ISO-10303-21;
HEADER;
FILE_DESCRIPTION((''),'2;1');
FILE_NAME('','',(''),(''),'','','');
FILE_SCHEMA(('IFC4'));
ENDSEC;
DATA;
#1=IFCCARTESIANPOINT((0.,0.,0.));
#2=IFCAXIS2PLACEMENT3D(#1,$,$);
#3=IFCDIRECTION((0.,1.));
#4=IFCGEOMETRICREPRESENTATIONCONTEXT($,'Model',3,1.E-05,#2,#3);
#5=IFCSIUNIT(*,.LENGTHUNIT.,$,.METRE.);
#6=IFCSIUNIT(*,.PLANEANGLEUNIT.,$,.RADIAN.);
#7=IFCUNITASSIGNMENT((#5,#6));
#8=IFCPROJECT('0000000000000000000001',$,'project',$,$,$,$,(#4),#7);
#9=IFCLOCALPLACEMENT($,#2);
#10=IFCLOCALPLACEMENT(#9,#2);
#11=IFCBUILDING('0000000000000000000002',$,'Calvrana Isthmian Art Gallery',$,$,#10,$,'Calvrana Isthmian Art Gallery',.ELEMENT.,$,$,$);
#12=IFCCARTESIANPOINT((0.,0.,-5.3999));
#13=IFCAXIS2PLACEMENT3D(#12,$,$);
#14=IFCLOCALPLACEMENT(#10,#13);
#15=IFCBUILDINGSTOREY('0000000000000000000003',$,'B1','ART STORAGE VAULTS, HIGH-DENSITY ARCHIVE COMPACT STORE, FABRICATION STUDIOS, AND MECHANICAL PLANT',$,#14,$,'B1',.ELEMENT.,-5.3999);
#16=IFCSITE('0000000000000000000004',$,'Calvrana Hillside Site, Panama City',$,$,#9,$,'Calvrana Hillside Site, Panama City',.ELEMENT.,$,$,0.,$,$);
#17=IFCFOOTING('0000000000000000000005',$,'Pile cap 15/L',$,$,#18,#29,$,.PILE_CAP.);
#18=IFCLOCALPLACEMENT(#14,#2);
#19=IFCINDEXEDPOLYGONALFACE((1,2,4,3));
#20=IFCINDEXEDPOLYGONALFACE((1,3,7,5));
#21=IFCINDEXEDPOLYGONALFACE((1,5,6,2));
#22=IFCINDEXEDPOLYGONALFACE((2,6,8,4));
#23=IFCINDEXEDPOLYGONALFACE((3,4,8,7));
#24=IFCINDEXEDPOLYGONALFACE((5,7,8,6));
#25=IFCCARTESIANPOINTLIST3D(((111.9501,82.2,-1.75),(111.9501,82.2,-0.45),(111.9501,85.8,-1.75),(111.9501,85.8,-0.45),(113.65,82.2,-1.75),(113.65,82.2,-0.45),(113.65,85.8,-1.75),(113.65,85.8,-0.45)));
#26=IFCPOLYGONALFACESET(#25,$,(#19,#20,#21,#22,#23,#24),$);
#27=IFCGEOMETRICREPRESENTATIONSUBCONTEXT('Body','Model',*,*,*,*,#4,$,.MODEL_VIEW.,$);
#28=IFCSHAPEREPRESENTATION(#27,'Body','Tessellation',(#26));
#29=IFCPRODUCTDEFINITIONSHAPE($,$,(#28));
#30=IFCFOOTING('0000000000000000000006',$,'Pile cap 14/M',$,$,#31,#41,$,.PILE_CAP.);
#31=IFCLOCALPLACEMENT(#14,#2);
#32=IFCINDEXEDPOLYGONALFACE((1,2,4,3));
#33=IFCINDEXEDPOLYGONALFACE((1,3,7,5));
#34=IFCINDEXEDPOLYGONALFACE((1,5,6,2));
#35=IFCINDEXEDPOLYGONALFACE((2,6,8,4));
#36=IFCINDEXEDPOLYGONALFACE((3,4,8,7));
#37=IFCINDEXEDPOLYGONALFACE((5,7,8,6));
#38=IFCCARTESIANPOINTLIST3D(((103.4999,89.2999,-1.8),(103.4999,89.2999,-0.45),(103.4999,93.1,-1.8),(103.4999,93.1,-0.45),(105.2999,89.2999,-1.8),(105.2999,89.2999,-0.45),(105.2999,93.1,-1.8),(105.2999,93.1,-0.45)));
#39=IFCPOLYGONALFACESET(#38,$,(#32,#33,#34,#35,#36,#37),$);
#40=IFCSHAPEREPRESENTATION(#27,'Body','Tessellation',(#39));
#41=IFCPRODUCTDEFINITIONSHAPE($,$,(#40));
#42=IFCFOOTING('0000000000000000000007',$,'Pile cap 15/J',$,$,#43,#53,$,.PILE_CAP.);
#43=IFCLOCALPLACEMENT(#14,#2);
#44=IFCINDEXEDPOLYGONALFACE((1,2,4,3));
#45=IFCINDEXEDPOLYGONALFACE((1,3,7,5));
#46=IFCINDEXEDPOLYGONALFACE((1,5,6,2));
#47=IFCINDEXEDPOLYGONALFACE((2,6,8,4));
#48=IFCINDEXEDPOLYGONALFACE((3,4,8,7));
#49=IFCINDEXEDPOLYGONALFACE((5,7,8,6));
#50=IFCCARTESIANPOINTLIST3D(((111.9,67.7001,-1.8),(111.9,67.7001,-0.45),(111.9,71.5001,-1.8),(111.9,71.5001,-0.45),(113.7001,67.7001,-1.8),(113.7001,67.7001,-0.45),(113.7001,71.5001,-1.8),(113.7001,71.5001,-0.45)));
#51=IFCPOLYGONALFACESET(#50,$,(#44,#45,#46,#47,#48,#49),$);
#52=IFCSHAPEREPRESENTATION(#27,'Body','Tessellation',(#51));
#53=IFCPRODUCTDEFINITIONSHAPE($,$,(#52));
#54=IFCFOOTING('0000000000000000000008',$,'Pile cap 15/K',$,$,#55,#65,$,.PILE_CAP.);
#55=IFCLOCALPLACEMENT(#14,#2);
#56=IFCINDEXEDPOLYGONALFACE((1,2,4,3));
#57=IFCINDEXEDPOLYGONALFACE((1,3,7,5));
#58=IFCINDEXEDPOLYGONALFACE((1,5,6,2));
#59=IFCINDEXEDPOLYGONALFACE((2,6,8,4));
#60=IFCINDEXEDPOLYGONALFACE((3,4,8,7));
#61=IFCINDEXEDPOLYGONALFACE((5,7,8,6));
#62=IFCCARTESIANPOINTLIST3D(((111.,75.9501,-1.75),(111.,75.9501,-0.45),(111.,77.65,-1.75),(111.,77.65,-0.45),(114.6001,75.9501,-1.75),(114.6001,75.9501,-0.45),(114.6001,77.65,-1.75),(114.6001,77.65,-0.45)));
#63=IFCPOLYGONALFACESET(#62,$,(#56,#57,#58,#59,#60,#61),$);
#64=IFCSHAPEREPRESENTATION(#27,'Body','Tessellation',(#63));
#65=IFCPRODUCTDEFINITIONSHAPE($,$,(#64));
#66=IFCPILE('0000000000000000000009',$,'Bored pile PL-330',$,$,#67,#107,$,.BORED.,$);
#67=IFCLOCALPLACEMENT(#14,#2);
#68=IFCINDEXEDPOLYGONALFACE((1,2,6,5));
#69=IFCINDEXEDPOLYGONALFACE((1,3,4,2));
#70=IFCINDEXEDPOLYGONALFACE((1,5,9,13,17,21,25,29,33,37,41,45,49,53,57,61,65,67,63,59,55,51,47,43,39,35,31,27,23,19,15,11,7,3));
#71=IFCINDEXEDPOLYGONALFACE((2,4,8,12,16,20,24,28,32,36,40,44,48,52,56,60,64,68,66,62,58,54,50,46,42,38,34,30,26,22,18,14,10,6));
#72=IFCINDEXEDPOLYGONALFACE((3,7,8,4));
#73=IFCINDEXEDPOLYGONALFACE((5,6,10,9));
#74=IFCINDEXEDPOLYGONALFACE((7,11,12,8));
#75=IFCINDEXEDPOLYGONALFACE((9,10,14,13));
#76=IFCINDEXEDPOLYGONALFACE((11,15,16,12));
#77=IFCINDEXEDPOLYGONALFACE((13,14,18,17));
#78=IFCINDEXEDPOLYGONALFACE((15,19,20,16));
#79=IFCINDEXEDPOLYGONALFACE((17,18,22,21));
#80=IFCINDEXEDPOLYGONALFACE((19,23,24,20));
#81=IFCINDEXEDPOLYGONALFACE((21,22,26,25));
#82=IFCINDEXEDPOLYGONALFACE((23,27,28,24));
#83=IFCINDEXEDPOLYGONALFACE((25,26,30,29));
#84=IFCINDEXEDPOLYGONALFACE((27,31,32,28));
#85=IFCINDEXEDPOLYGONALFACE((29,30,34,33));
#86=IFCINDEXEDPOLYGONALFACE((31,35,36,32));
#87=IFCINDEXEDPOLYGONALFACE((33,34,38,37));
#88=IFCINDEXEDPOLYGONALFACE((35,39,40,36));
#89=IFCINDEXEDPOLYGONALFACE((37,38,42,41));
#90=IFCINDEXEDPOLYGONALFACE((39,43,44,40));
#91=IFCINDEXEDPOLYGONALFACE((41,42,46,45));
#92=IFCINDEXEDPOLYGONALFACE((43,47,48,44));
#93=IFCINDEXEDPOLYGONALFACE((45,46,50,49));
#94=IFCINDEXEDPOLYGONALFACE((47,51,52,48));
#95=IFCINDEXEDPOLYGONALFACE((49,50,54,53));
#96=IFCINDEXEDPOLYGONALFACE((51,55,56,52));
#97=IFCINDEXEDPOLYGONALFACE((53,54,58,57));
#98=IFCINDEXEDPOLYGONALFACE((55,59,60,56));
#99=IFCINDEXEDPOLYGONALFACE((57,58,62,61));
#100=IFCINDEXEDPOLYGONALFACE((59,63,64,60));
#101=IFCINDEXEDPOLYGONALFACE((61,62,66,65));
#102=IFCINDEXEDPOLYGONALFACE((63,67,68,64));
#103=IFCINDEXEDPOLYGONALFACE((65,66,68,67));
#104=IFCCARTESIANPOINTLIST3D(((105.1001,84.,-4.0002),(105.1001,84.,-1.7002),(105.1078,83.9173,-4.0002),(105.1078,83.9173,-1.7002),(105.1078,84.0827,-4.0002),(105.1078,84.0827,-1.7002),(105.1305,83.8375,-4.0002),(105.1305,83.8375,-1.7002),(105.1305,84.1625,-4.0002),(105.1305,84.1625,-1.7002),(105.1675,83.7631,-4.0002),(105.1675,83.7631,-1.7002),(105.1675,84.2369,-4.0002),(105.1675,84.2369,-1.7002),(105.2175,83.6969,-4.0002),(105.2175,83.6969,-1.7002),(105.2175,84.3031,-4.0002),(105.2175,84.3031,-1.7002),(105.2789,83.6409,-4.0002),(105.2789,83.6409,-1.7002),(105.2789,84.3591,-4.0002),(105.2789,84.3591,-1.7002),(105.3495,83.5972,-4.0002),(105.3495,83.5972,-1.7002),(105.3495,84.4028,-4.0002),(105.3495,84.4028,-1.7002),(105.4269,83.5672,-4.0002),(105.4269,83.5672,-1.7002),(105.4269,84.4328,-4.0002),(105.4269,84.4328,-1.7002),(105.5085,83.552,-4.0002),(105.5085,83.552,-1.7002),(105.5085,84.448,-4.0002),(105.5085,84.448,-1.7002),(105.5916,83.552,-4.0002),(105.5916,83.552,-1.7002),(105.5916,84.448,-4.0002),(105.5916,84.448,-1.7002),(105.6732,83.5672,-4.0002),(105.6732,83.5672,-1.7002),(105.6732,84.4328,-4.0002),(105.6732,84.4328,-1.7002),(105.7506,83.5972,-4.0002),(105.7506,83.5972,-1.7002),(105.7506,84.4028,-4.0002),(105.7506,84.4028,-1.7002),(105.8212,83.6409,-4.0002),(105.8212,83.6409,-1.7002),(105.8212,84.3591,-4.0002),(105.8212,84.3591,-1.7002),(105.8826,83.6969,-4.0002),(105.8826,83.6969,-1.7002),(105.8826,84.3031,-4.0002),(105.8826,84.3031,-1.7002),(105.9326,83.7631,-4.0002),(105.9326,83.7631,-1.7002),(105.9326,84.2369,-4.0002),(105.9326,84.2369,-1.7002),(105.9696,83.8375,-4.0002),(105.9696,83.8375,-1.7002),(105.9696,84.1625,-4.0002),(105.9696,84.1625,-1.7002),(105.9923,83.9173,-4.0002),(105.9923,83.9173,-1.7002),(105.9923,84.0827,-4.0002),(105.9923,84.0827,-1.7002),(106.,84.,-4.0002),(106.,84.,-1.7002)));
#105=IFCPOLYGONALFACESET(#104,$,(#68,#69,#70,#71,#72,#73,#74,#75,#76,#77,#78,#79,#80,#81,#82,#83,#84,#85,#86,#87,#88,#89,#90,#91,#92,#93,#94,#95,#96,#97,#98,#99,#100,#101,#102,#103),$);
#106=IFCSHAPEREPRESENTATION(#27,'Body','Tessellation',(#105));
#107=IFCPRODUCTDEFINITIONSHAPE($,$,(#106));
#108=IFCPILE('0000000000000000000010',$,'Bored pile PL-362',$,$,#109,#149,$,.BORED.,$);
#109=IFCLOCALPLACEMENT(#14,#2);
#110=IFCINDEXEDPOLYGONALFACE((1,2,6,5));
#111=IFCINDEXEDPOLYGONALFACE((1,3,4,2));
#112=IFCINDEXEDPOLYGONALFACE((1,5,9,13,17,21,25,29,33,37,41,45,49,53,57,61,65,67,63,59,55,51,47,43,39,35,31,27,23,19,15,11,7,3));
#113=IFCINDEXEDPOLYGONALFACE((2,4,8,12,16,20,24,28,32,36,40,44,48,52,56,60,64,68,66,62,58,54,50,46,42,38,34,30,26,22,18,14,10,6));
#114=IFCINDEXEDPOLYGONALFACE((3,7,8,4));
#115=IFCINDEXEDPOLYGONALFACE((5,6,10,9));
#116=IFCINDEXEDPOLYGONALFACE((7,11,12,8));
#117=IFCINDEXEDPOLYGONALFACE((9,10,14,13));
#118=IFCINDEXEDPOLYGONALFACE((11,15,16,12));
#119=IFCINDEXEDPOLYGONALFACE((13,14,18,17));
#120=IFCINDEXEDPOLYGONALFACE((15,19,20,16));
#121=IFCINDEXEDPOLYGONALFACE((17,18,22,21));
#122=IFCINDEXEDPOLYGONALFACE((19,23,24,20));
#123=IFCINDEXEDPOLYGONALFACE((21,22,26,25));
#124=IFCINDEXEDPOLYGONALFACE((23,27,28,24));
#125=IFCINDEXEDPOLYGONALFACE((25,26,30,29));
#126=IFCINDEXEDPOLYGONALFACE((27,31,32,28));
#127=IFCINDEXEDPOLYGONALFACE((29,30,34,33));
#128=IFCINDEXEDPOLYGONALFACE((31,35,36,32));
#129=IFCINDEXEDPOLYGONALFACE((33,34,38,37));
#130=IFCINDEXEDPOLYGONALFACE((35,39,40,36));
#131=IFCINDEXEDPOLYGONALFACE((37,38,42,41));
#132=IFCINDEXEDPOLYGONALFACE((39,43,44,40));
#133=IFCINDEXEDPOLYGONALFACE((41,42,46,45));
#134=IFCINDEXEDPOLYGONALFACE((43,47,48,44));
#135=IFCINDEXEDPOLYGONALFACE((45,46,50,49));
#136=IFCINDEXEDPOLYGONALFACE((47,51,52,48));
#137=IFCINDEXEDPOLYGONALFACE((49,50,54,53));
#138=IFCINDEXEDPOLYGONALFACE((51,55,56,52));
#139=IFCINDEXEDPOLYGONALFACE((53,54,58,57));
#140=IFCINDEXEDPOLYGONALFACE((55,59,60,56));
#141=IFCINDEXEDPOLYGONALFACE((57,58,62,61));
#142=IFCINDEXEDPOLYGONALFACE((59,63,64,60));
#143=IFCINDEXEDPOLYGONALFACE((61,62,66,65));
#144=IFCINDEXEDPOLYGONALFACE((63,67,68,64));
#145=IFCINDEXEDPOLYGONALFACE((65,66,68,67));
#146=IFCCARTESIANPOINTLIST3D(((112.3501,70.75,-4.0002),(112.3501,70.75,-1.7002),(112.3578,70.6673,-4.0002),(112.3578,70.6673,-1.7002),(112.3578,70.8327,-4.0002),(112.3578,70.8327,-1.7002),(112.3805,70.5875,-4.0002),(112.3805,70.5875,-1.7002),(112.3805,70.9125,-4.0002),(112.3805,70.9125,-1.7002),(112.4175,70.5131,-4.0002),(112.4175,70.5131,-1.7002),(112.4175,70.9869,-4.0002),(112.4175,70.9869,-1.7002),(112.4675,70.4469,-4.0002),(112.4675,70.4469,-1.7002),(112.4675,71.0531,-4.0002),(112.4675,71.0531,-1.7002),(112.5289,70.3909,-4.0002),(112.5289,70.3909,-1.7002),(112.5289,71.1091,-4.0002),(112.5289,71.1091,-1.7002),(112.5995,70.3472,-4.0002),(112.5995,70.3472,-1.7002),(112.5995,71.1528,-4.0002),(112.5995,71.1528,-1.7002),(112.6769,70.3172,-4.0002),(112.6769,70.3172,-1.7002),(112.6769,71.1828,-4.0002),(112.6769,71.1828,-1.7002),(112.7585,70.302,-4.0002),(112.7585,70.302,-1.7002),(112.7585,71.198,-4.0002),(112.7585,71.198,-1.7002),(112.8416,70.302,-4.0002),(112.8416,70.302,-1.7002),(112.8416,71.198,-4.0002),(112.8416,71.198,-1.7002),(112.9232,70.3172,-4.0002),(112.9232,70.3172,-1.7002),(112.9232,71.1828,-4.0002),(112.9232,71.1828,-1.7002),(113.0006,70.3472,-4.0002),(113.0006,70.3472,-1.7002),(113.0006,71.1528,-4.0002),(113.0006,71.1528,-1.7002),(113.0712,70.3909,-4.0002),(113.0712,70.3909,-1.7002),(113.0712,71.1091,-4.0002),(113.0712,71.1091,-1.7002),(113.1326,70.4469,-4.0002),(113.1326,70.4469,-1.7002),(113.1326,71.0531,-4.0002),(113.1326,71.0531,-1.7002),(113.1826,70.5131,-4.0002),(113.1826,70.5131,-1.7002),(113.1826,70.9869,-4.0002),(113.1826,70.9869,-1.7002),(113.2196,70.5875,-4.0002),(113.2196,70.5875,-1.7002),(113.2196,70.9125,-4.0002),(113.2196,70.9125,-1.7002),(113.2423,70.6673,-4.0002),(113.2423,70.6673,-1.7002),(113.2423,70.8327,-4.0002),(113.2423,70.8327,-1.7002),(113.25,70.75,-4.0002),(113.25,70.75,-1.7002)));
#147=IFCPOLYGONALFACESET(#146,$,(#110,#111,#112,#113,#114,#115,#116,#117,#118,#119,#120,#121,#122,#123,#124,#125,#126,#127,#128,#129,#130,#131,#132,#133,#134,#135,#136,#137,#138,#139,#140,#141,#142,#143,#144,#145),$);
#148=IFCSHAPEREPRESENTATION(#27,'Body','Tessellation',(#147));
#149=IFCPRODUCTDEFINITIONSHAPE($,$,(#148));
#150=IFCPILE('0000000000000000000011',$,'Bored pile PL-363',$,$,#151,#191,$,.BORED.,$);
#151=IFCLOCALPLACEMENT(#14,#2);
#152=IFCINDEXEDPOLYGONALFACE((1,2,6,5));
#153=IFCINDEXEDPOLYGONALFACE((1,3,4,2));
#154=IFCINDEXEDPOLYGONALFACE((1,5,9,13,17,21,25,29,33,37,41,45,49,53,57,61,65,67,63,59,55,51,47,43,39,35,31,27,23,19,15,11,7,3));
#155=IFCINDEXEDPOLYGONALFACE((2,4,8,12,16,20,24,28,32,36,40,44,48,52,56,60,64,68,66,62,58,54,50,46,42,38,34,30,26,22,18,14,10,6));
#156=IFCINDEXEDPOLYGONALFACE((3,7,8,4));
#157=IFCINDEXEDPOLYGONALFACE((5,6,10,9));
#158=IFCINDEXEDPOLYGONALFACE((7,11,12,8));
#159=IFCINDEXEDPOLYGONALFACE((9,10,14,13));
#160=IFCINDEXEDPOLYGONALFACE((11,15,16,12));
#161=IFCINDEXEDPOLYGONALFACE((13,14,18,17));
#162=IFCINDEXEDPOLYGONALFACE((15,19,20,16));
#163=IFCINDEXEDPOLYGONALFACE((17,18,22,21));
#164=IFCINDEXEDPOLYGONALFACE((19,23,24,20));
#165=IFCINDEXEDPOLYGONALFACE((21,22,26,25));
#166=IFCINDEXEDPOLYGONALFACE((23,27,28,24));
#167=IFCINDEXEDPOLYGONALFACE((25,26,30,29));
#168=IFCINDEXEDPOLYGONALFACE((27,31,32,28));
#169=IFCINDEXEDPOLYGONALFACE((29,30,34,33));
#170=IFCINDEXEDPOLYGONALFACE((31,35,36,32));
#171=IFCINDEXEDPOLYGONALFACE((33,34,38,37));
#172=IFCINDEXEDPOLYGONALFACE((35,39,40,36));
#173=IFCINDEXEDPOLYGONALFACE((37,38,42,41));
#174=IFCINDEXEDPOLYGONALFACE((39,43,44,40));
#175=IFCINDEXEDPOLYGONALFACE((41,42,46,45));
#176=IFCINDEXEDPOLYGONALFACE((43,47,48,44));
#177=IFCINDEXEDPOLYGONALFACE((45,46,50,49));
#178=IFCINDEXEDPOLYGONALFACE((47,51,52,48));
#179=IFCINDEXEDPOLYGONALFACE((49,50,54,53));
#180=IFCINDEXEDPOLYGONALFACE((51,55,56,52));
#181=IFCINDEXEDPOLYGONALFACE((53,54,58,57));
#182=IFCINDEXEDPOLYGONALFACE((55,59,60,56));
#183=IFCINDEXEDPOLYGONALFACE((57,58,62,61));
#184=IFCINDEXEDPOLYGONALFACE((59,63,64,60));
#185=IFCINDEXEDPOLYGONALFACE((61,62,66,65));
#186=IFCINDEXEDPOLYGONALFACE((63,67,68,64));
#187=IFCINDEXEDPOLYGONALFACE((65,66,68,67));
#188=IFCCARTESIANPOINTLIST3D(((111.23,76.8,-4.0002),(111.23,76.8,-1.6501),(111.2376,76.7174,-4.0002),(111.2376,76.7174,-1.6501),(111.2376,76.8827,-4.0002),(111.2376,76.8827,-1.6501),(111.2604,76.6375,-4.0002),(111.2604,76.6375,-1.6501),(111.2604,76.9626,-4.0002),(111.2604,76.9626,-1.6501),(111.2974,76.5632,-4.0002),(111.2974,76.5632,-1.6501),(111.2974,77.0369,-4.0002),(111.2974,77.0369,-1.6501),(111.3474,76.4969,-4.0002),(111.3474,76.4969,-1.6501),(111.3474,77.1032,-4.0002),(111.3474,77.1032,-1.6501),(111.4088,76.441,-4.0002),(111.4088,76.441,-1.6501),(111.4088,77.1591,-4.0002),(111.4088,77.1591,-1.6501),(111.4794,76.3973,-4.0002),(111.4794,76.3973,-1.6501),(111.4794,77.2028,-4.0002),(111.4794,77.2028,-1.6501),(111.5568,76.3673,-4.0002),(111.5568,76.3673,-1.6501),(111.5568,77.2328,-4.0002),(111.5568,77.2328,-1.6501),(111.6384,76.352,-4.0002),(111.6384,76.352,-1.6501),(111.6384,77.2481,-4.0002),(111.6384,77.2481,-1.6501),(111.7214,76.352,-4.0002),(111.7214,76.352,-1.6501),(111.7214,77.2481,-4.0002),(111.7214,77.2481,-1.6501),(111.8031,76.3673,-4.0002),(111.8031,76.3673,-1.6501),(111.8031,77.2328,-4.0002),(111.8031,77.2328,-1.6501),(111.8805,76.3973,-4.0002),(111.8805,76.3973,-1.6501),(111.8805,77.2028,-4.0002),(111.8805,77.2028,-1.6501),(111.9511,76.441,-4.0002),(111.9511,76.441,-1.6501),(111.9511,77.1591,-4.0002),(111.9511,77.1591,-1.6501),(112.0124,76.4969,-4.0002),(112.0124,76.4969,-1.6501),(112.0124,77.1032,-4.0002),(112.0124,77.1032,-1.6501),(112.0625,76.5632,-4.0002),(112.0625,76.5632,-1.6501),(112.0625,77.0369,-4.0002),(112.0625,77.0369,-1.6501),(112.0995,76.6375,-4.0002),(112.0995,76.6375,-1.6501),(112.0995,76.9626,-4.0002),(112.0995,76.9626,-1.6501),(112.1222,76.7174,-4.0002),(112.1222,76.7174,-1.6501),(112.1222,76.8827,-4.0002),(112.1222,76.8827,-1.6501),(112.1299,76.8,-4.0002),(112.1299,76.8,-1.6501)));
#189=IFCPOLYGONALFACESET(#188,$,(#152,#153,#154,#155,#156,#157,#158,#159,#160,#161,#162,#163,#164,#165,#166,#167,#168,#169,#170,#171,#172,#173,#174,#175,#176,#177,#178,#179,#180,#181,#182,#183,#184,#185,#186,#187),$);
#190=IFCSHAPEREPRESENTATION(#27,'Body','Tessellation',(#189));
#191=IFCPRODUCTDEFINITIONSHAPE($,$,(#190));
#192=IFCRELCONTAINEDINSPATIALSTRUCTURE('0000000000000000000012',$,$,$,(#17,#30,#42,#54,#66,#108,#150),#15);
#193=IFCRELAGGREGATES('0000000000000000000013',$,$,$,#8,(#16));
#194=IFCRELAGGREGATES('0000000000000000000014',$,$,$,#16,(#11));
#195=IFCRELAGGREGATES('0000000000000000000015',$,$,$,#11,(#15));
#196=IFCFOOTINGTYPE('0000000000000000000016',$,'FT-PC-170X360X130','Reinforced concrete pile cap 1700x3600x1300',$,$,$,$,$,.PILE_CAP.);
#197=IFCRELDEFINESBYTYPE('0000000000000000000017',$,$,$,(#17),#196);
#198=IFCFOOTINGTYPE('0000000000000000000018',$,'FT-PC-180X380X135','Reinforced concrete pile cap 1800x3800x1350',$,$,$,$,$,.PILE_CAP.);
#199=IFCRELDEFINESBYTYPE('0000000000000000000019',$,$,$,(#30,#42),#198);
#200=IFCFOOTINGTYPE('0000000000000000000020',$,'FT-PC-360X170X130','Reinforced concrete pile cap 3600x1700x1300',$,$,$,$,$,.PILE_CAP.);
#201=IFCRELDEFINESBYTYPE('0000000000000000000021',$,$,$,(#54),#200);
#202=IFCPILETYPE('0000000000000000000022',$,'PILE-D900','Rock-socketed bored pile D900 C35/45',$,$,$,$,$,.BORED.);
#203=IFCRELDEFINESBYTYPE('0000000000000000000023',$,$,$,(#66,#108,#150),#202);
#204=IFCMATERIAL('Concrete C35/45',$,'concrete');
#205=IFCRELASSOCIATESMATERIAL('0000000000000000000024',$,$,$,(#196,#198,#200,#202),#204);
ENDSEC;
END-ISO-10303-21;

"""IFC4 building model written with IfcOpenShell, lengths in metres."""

from ifc_helpers import new_model, si_unit, direction, frame, origin, origin_2d, place, context, subcontext, project, spatial, rectangle, circle, extrude, material, material_profile, profile_set, type_object, element, save


model = new_model("IFC4")

# Units and contexts
model_context = context("Model", 3, precision=1e-05, world=origin(), true_north=direction((0.0, 1.0)))
body_context = subcontext(model_context, "Body", "Model", "MODEL_VIEW")
ifc_project = project(units=[si_unit("LENGTHUNIT", "METRE"), si_unit("PLANEANGLEUNIT", "RADIAN")], contexts=[model_context])

# Site, building, storey
site_placement = place(None, origin())
site = spatial("IfcSite", under=ifc_project, at=site_placement, Name="Calvrana Hillside Site, Panama City", LongName="Calvrana Hillside Site, Panama City", CompositionType="ELEMENT", RefElevation=0.0)
building_placement = place(site_placement, origin())
building = spatial("IfcBuilding", under=site, at=building_placement, Name="Calvrana Isthmian Art Gallery", LongName="Calvrana Isthmian Art Gallery", CompositionType="ELEMENT")
storey_placement = place(building_placement, frame((0.0, 0.0, -5.3999)))
storey = spatial("IfcBuildingStorey", under=building, at=storey_placement, Name="B1", Description="ART STORAGE VAULTS, HIGH-DENSITY ARCHIVE COMPACT STORE, FABRICATION STUDIOS, AND MECHANICAL PLANT", LongName="B1", CompositionType="ELEMENT", Elevation=-5.3999)

# Footings
ifc_material_1 = material(Name="Concrete C35/45", Category="concrete")
footing_type_1 = type_object("IfcFootingType", Name="FT-PC-170X360X130", Description="Reinforced concrete pile cap 1700x3600x1300", PredefinedType="PILE_CAP", material=ifc_material_1)
footing_1_placement = place(storey_placement, frame((112.8, 84.0, -1.75), z_axis=(0.0, 0.0, 1.0), x_axis=(1.0, 0.0, 0.0)))
element("IfcFooting", 1, at=footing_1_placement, inside=storey, type_object=footing_type_1, Name="Pile cap 15/L", PredefinedType="PILE_CAP", context=body_context, shape_type="SweptSolid", body=[
    extrude(rectangle(XDim=1.7, YDim=3.6001, at=origin_2d()), origin(), (0.0, 0.0, 1.0), 1.3),
])
footing_type_2 = type_object("IfcFootingType", Name="FT-PC-180X380X135", Description="Reinforced concrete pile cap 1800x3800x1350", PredefinedType="PILE_CAP", material=ifc_material_1)
for number, where, z_axis, x_axis, name in (
    (2, (104.3999, 91.2, -1.8), (0.0, 0.0, 1.0), (1.0, 0.0, 0.0), "Pile cap 14/M"),
    (3, (112.8, 69.6001, -1.8), (0.0, 0.0, 1.0), (1.0, 0.0, 0.0), "Pile cap 15/J"),
):
    element("IfcFooting", number, at=place(storey_placement, frame(where, z_axis=z_axis, x_axis=x_axis)), inside=storey, type_object=footing_type_2, Name=name, PredefinedType="PILE_CAP", context=body_context, shape_type="SweptSolid", body=[
        extrude(rectangle(XDim=1.8, YDim=3.8, at=origin_2d()), origin(), (0.0, 0.0, 1.0), 1.3501),
    ])
footing_type_3 = type_object("IfcFootingType", Name="FT-PC-360X170X130", Description="Reinforced concrete pile cap 3600x1700x1300", PredefinedType="PILE_CAP", material=ifc_material_1)
footing_2_placement = place(storey_placement, frame((112.8, 76.8, -1.75), z_axis=(0.0, 0.0, 1.0), x_axis=(1.0, 0.0, 0.0)))
element("IfcFooting", 4, at=footing_2_placement, inside=storey, type_object=footing_type_3, Name="Pile cap 15/K", PredefinedType="PILE_CAP", context=body_context, shape_type="SweptSolid", body=[
    extrude(rectangle(XDim=3.6001, YDim=1.7, at=origin_2d()), origin(), (0.0, 0.0, 1.0), 1.3),
])

# Piles
ifc_material_profile_1 = material_profile(ifc_material_1, circle(Radius=0.45, at=origin_2d()), Name="PILE900D")
ifc_profile_set_1 = profile_set([ifc_material_profile_1], Name="Concrete C35/45")
pile_type = type_object("IfcPileType", Name="PILE-D900", Description="Rock-socketed bored pile D900 C35/45", PredefinedType="BORED", material=ifc_profile_set_1)
for number, where, z_axis, x_axis, name in (
    (5, (105.55, 84.0, -1.7002), (0.0, 0.0, -1.0), (1.0, 0.0, 0.0), "Bored pile PL-330"),
    (6, (112.8, 70.75, -1.7002), (0.0, 0.0, -1.0), (1.0, 0.0, 0.0), "Bored pile PL-362"),
):
    element("IfcPile", number, at=place(storey_placement, frame(where, z_axis=z_axis, x_axis=x_axis)), inside=storey, type_object=pile_type, Name=name, PredefinedType="BORED", context=body_context, shape_type="SweptSolid", body=[
        extrude(circle(Radius=0.45, at=origin_2d()), origin(), (0.0, 0.0, 1.0), 2.3),
    ])
for number, where, z_axis, x_axis, name in (
    (7, (111.6799, 76.8, -1.6501), (0.0, 0.0, -1.0), (1.0, 0.0, 0.0), "Bored pile PL-363"),
):
    element("IfcPile", number, at=place(storey_placement, frame(where, z_axis=z_axis, x_axis=x_axis)), inside=storey, type_object=pile_type, Name=name, PredefinedType="BORED", context=body_context, shape_type="SweptSolid", body=[
        extrude(circle(Radius=0.45, at=origin_2d()), origin(), (0.0, 0.0, 1.0), 2.3501),
    ])

save(model, "model.ifc")
